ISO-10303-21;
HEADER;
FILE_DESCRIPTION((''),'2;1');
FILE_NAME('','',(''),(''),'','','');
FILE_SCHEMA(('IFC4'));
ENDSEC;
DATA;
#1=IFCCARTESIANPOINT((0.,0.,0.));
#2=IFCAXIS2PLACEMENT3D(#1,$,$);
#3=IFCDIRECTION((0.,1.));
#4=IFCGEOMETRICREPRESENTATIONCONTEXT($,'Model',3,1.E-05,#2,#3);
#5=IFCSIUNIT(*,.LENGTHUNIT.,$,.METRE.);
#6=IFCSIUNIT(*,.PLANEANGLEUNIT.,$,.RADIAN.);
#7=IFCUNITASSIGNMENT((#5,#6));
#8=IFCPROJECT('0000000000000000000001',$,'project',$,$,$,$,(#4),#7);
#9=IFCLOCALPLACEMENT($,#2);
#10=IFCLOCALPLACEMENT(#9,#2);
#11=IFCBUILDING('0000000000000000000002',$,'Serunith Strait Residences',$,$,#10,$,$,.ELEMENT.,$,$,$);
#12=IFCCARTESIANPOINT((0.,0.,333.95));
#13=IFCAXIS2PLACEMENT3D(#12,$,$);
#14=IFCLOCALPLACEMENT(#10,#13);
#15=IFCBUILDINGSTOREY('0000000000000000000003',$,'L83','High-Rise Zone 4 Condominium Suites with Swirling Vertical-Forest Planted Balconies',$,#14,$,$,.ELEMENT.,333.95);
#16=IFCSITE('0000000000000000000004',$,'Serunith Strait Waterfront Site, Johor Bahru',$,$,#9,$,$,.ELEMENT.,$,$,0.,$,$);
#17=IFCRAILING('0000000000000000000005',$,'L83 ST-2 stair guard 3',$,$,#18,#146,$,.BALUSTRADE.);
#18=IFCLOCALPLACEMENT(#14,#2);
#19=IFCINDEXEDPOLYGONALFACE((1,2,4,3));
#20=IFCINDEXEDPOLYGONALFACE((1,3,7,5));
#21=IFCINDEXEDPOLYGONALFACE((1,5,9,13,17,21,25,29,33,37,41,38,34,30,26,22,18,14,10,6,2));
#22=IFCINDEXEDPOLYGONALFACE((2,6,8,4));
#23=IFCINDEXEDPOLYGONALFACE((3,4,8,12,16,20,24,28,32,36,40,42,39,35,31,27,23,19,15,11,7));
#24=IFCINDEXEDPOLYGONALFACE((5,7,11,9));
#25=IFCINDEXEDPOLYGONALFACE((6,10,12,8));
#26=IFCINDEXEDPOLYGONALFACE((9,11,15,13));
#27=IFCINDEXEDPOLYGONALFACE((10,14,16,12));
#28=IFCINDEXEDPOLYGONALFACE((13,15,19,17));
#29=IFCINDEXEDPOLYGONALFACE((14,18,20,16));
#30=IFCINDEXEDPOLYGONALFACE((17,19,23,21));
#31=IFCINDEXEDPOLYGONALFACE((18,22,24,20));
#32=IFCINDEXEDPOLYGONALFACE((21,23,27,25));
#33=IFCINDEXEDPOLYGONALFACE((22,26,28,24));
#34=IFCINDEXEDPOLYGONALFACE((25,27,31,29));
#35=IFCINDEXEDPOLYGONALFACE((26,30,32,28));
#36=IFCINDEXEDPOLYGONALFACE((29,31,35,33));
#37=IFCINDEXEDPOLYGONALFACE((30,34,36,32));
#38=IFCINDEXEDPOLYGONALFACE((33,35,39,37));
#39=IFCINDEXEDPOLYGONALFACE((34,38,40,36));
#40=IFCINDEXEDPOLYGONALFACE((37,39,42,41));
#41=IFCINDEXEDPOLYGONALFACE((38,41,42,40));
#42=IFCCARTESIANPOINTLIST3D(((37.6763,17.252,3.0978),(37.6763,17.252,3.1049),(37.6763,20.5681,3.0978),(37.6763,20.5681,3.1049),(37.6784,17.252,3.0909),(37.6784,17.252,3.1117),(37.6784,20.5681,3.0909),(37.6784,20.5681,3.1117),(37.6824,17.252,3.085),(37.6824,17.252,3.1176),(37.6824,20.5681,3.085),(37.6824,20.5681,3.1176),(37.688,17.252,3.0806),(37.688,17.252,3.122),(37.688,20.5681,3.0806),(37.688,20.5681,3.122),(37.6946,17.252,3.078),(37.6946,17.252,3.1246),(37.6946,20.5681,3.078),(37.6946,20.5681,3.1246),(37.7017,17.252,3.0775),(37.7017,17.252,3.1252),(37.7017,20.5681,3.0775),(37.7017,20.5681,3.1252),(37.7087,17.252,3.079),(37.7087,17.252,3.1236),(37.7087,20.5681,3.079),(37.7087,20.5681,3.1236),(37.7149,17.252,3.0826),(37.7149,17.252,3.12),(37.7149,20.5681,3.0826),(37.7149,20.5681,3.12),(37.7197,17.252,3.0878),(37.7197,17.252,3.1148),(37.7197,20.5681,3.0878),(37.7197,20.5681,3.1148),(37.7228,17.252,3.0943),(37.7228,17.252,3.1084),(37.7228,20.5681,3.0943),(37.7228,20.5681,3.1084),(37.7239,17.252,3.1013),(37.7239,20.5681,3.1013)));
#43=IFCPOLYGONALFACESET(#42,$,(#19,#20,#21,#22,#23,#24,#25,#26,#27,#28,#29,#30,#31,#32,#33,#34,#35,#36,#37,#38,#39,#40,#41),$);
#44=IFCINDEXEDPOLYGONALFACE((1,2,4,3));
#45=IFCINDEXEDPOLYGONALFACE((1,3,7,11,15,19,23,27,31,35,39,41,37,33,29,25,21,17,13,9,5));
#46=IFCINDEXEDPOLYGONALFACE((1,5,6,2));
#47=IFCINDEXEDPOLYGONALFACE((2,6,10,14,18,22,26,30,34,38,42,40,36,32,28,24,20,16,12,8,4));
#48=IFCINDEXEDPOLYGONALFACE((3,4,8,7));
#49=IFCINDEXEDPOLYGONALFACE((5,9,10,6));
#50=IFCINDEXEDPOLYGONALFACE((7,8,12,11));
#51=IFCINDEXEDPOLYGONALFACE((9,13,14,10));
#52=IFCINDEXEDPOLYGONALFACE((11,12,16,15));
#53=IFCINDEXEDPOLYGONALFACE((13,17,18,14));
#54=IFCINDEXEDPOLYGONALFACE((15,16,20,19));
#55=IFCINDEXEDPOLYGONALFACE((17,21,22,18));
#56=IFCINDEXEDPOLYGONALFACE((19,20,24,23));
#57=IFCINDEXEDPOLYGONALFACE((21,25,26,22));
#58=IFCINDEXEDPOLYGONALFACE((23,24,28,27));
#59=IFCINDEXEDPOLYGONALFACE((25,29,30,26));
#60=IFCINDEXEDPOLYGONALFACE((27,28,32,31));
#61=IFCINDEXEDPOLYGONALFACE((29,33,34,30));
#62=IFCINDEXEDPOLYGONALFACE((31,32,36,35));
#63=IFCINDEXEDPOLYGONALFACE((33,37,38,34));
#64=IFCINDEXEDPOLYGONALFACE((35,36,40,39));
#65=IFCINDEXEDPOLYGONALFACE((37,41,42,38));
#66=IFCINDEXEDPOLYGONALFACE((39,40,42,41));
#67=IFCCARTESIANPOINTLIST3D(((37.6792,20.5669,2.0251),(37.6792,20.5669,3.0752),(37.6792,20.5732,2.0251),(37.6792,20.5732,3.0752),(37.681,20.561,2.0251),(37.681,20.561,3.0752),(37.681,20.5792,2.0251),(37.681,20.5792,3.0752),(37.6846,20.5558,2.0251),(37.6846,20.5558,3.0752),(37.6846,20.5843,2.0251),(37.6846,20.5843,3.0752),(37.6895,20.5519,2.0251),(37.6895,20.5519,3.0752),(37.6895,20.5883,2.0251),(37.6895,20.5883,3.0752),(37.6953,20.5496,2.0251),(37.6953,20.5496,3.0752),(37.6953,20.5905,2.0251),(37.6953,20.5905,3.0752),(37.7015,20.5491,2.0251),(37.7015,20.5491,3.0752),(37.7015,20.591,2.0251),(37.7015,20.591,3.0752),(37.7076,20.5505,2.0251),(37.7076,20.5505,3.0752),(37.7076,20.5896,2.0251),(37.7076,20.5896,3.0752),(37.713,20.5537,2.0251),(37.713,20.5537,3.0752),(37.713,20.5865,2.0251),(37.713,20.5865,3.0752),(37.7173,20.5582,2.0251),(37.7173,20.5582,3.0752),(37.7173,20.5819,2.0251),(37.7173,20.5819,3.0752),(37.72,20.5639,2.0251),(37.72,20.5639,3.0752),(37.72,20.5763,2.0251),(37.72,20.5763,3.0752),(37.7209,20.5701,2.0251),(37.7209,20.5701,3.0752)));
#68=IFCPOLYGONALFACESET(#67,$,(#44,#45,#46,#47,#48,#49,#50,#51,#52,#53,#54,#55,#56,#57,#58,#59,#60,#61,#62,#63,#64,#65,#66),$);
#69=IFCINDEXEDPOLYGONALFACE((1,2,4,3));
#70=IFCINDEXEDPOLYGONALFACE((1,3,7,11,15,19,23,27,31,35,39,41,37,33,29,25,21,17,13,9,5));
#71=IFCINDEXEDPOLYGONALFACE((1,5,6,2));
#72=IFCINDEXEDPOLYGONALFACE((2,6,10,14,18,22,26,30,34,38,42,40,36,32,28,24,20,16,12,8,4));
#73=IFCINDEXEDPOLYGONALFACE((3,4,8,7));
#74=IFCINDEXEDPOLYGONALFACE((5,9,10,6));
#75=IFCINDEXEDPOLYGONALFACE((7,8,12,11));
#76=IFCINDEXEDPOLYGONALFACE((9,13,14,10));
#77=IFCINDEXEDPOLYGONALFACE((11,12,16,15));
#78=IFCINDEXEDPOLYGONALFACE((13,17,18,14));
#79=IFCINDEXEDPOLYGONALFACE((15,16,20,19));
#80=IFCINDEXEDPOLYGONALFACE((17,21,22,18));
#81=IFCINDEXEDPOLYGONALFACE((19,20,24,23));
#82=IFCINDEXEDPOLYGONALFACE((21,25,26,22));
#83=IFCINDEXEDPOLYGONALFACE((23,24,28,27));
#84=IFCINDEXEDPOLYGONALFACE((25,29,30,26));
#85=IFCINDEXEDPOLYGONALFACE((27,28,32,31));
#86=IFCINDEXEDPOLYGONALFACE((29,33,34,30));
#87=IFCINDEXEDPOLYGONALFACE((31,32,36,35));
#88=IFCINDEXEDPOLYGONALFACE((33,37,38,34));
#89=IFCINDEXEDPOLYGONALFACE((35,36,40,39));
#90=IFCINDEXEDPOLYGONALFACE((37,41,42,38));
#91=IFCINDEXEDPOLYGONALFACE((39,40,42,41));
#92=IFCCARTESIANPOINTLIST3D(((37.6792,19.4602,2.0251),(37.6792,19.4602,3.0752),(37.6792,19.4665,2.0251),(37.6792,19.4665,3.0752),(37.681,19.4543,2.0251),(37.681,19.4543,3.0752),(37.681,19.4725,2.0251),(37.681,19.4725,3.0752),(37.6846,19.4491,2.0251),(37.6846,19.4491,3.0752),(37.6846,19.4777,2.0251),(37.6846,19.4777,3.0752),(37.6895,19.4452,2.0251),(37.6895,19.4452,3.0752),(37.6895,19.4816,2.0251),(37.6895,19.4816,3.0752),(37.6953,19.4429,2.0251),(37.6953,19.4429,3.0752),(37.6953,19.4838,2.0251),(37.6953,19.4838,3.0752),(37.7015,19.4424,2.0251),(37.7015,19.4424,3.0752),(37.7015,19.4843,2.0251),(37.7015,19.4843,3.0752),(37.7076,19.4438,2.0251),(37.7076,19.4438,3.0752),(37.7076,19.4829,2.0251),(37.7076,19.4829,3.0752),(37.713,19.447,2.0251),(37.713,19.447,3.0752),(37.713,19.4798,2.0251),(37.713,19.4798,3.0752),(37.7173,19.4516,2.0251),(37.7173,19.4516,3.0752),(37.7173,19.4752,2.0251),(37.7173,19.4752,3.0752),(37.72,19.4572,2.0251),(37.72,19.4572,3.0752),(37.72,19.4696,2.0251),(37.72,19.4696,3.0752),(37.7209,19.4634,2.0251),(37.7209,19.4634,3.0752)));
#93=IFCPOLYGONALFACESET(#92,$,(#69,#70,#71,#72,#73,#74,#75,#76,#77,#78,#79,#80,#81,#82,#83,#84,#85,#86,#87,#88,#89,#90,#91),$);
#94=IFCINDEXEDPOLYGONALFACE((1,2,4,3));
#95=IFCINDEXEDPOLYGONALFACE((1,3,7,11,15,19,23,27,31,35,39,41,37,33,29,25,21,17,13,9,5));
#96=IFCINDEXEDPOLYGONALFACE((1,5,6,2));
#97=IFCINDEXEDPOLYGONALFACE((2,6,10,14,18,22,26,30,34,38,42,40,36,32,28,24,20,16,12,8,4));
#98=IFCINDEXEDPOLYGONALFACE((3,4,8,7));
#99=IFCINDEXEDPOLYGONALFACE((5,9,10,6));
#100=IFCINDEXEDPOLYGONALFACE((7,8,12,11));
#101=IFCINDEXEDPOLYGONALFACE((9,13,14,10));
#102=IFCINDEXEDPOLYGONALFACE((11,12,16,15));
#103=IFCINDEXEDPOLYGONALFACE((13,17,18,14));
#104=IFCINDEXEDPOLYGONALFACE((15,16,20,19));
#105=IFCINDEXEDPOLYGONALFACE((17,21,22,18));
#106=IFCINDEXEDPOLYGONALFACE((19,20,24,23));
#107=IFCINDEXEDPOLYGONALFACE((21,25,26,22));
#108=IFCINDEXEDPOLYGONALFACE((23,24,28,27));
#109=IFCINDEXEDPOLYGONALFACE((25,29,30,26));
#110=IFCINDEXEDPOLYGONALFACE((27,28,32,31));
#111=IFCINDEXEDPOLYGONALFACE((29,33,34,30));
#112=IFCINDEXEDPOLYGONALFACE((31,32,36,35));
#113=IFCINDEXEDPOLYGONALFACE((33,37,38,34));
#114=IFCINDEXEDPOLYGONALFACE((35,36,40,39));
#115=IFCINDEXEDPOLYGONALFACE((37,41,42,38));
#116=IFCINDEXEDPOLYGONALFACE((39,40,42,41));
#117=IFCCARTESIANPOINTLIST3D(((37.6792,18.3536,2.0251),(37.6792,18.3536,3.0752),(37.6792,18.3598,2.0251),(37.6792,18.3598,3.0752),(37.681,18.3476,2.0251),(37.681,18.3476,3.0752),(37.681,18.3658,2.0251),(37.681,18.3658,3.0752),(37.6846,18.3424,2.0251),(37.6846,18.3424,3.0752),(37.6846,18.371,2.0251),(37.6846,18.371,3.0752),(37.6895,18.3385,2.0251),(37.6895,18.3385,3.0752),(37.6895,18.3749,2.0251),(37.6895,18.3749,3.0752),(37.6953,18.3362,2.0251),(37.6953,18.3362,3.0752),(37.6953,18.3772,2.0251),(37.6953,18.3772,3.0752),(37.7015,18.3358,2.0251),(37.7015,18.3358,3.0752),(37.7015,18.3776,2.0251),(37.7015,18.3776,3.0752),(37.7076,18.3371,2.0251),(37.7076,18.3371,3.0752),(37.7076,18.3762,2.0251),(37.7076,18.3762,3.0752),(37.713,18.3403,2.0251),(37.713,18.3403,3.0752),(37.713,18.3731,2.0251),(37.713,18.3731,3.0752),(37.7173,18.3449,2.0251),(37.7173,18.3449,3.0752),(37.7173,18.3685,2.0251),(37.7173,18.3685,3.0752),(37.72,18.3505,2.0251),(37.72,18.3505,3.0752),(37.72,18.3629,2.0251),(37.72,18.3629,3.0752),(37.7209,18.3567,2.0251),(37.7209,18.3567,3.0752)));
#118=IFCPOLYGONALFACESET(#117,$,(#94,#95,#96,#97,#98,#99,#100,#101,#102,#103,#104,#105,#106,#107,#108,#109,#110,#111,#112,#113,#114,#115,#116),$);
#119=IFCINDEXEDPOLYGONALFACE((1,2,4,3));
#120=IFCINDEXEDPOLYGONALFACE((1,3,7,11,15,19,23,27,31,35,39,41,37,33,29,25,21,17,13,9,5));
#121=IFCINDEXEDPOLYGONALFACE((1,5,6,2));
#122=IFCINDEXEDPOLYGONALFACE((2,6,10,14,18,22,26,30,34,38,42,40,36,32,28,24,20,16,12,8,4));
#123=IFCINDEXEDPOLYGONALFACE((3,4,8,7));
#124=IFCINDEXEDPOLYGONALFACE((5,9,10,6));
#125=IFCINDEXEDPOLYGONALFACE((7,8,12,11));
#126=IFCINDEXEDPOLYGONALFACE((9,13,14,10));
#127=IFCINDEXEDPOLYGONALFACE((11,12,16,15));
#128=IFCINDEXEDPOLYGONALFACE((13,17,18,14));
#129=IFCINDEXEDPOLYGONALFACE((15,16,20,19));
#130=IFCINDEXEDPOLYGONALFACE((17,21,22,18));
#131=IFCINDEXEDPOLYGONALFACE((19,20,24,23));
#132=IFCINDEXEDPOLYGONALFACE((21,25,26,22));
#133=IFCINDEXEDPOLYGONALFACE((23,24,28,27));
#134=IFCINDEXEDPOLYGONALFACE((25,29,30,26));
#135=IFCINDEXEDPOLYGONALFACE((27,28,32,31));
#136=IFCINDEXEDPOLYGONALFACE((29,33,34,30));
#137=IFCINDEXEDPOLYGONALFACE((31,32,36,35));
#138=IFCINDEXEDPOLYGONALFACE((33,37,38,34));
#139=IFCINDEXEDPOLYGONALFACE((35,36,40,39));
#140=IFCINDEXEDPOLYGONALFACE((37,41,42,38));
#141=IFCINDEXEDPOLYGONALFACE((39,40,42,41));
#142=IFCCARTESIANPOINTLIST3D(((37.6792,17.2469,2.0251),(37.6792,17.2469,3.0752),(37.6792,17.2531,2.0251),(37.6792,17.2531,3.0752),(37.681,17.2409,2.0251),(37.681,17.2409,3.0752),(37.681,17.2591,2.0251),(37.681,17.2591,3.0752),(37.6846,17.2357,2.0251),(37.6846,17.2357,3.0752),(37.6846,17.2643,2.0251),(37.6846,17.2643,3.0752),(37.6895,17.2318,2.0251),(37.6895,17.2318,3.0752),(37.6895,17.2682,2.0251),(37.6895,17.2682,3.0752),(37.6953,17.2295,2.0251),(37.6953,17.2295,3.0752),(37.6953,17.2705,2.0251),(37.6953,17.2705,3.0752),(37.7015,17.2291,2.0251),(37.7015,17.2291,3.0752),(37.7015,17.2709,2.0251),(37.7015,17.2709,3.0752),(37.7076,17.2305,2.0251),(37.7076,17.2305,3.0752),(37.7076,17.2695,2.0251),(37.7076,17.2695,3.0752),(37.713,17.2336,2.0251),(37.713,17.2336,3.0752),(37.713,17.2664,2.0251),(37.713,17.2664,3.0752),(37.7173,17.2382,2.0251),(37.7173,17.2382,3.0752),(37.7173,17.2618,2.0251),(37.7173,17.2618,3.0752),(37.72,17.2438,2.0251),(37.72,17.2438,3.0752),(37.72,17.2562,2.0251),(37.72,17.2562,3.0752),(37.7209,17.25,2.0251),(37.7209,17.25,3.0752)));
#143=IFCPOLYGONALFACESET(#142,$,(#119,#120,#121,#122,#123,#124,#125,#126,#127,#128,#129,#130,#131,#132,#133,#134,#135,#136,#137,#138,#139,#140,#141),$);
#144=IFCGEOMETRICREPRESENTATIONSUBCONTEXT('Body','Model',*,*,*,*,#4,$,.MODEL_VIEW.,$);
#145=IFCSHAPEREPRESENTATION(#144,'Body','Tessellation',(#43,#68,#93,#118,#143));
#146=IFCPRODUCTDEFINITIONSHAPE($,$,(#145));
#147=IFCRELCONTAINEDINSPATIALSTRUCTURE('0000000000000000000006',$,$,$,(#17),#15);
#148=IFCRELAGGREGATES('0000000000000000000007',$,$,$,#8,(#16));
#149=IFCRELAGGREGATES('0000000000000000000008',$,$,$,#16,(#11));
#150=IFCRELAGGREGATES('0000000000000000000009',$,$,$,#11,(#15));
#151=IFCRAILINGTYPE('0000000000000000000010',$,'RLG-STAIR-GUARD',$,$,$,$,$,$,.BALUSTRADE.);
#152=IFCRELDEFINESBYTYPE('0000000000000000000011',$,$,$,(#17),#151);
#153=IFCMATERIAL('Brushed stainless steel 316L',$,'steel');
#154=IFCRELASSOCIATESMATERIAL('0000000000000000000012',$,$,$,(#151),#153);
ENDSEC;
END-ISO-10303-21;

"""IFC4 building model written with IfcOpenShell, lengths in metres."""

from ifc_helpers import new_model, si_unit, direction, frame, origin, origin_2d, place, context, subcontext, project, spatial, circle, extrude, material, type_object, element, save


model = new_model("IFC4")

# Units and contexts
model_context = context("Model", 3, precision=1e-05, world=origin(), true_north=direction((0.0, 1.0)))
body_context = subcontext(model_context, "Body", "Model", "MODEL_VIEW")
ifc_project = project(units=[si_unit("LENGTHUNIT", "METRE"), si_unit("PLANEANGLEUNIT", "RADIAN")], contexts=[model_context])

# Site, building, storey
site_placement = place(None, origin())
site = spatial("IfcSite", under=ifc_project, at=site_placement, Name="Serunith Strait Waterfront Site, Johor Bahru", CompositionType="ELEMENT", RefElevation=0.0)
building_placement = place(site_placement, origin())
building = spatial("IfcBuilding", under=site, at=building_placement, Name="Serunith Strait Residences", CompositionType="ELEMENT")
storey_placement = place(building_placement, frame((0.0, 0.0, 333.95)))
storey = spatial("IfcBuildingStorey", under=building, at=storey_placement, Name="L83", Description="High-Rise Zone 4 Condominium Suites with Swirling Vertical-Forest Planted Balconies", CompositionType="ELEMENT", Elevation=333.95)

# Railing
ifc_material_1 = material(Name="Brushed stainless steel 316L", Category="steel")
railing_type_1 = type_object("IfcRailingType", Name="RLG-STAIR-GUARD", PredefinedType="BALUSTRADE", material=ifc_material_1)
for number, where, name in (
    (1, (37.7, 20.5701, 2.0251), "L83 ST-2 stair guard 3"),
):
    element("IfcRailing", number, at=place(storey_placement, frame(where)), inside=storey, type_object=railing_type_1, Name=name, PredefinedType="BALUSTRADE", context=body_context, shape_type="SweptSolid", body=[
        extrude(circle(Radius=0.0239, at=origin_2d()), frame((0.0, -0.002, 1.0762), z_axis=(0.0, -1.0, 0.0), x_axis=(1.0, 0.0, 0.0)), (0.0, 0.0, 1.0), 3.3162),
        extrude(circle(Radius=0.021, at=origin_2d()), origin(), (0.0, 0.0, 1.0), 1.05),
        extrude(circle(Radius=0.021, at=origin_2d()), frame((0.0, -1.1067, 0.0)), (0.0, 0.0, 1.0), 1.05),
        extrude(circle(Radius=0.021, at=origin_2d()), frame((0.0, -2.2134, 0.0)), (0.0, 0.0, 1.0), 1.05),
        extrude(circle(Radius=0.021, at=origin_2d()), frame((0.0, -3.3201, 0.0)), (0.0, 0.0, 1.0), 1.05),
    ])

save(model, "model.ifc")
